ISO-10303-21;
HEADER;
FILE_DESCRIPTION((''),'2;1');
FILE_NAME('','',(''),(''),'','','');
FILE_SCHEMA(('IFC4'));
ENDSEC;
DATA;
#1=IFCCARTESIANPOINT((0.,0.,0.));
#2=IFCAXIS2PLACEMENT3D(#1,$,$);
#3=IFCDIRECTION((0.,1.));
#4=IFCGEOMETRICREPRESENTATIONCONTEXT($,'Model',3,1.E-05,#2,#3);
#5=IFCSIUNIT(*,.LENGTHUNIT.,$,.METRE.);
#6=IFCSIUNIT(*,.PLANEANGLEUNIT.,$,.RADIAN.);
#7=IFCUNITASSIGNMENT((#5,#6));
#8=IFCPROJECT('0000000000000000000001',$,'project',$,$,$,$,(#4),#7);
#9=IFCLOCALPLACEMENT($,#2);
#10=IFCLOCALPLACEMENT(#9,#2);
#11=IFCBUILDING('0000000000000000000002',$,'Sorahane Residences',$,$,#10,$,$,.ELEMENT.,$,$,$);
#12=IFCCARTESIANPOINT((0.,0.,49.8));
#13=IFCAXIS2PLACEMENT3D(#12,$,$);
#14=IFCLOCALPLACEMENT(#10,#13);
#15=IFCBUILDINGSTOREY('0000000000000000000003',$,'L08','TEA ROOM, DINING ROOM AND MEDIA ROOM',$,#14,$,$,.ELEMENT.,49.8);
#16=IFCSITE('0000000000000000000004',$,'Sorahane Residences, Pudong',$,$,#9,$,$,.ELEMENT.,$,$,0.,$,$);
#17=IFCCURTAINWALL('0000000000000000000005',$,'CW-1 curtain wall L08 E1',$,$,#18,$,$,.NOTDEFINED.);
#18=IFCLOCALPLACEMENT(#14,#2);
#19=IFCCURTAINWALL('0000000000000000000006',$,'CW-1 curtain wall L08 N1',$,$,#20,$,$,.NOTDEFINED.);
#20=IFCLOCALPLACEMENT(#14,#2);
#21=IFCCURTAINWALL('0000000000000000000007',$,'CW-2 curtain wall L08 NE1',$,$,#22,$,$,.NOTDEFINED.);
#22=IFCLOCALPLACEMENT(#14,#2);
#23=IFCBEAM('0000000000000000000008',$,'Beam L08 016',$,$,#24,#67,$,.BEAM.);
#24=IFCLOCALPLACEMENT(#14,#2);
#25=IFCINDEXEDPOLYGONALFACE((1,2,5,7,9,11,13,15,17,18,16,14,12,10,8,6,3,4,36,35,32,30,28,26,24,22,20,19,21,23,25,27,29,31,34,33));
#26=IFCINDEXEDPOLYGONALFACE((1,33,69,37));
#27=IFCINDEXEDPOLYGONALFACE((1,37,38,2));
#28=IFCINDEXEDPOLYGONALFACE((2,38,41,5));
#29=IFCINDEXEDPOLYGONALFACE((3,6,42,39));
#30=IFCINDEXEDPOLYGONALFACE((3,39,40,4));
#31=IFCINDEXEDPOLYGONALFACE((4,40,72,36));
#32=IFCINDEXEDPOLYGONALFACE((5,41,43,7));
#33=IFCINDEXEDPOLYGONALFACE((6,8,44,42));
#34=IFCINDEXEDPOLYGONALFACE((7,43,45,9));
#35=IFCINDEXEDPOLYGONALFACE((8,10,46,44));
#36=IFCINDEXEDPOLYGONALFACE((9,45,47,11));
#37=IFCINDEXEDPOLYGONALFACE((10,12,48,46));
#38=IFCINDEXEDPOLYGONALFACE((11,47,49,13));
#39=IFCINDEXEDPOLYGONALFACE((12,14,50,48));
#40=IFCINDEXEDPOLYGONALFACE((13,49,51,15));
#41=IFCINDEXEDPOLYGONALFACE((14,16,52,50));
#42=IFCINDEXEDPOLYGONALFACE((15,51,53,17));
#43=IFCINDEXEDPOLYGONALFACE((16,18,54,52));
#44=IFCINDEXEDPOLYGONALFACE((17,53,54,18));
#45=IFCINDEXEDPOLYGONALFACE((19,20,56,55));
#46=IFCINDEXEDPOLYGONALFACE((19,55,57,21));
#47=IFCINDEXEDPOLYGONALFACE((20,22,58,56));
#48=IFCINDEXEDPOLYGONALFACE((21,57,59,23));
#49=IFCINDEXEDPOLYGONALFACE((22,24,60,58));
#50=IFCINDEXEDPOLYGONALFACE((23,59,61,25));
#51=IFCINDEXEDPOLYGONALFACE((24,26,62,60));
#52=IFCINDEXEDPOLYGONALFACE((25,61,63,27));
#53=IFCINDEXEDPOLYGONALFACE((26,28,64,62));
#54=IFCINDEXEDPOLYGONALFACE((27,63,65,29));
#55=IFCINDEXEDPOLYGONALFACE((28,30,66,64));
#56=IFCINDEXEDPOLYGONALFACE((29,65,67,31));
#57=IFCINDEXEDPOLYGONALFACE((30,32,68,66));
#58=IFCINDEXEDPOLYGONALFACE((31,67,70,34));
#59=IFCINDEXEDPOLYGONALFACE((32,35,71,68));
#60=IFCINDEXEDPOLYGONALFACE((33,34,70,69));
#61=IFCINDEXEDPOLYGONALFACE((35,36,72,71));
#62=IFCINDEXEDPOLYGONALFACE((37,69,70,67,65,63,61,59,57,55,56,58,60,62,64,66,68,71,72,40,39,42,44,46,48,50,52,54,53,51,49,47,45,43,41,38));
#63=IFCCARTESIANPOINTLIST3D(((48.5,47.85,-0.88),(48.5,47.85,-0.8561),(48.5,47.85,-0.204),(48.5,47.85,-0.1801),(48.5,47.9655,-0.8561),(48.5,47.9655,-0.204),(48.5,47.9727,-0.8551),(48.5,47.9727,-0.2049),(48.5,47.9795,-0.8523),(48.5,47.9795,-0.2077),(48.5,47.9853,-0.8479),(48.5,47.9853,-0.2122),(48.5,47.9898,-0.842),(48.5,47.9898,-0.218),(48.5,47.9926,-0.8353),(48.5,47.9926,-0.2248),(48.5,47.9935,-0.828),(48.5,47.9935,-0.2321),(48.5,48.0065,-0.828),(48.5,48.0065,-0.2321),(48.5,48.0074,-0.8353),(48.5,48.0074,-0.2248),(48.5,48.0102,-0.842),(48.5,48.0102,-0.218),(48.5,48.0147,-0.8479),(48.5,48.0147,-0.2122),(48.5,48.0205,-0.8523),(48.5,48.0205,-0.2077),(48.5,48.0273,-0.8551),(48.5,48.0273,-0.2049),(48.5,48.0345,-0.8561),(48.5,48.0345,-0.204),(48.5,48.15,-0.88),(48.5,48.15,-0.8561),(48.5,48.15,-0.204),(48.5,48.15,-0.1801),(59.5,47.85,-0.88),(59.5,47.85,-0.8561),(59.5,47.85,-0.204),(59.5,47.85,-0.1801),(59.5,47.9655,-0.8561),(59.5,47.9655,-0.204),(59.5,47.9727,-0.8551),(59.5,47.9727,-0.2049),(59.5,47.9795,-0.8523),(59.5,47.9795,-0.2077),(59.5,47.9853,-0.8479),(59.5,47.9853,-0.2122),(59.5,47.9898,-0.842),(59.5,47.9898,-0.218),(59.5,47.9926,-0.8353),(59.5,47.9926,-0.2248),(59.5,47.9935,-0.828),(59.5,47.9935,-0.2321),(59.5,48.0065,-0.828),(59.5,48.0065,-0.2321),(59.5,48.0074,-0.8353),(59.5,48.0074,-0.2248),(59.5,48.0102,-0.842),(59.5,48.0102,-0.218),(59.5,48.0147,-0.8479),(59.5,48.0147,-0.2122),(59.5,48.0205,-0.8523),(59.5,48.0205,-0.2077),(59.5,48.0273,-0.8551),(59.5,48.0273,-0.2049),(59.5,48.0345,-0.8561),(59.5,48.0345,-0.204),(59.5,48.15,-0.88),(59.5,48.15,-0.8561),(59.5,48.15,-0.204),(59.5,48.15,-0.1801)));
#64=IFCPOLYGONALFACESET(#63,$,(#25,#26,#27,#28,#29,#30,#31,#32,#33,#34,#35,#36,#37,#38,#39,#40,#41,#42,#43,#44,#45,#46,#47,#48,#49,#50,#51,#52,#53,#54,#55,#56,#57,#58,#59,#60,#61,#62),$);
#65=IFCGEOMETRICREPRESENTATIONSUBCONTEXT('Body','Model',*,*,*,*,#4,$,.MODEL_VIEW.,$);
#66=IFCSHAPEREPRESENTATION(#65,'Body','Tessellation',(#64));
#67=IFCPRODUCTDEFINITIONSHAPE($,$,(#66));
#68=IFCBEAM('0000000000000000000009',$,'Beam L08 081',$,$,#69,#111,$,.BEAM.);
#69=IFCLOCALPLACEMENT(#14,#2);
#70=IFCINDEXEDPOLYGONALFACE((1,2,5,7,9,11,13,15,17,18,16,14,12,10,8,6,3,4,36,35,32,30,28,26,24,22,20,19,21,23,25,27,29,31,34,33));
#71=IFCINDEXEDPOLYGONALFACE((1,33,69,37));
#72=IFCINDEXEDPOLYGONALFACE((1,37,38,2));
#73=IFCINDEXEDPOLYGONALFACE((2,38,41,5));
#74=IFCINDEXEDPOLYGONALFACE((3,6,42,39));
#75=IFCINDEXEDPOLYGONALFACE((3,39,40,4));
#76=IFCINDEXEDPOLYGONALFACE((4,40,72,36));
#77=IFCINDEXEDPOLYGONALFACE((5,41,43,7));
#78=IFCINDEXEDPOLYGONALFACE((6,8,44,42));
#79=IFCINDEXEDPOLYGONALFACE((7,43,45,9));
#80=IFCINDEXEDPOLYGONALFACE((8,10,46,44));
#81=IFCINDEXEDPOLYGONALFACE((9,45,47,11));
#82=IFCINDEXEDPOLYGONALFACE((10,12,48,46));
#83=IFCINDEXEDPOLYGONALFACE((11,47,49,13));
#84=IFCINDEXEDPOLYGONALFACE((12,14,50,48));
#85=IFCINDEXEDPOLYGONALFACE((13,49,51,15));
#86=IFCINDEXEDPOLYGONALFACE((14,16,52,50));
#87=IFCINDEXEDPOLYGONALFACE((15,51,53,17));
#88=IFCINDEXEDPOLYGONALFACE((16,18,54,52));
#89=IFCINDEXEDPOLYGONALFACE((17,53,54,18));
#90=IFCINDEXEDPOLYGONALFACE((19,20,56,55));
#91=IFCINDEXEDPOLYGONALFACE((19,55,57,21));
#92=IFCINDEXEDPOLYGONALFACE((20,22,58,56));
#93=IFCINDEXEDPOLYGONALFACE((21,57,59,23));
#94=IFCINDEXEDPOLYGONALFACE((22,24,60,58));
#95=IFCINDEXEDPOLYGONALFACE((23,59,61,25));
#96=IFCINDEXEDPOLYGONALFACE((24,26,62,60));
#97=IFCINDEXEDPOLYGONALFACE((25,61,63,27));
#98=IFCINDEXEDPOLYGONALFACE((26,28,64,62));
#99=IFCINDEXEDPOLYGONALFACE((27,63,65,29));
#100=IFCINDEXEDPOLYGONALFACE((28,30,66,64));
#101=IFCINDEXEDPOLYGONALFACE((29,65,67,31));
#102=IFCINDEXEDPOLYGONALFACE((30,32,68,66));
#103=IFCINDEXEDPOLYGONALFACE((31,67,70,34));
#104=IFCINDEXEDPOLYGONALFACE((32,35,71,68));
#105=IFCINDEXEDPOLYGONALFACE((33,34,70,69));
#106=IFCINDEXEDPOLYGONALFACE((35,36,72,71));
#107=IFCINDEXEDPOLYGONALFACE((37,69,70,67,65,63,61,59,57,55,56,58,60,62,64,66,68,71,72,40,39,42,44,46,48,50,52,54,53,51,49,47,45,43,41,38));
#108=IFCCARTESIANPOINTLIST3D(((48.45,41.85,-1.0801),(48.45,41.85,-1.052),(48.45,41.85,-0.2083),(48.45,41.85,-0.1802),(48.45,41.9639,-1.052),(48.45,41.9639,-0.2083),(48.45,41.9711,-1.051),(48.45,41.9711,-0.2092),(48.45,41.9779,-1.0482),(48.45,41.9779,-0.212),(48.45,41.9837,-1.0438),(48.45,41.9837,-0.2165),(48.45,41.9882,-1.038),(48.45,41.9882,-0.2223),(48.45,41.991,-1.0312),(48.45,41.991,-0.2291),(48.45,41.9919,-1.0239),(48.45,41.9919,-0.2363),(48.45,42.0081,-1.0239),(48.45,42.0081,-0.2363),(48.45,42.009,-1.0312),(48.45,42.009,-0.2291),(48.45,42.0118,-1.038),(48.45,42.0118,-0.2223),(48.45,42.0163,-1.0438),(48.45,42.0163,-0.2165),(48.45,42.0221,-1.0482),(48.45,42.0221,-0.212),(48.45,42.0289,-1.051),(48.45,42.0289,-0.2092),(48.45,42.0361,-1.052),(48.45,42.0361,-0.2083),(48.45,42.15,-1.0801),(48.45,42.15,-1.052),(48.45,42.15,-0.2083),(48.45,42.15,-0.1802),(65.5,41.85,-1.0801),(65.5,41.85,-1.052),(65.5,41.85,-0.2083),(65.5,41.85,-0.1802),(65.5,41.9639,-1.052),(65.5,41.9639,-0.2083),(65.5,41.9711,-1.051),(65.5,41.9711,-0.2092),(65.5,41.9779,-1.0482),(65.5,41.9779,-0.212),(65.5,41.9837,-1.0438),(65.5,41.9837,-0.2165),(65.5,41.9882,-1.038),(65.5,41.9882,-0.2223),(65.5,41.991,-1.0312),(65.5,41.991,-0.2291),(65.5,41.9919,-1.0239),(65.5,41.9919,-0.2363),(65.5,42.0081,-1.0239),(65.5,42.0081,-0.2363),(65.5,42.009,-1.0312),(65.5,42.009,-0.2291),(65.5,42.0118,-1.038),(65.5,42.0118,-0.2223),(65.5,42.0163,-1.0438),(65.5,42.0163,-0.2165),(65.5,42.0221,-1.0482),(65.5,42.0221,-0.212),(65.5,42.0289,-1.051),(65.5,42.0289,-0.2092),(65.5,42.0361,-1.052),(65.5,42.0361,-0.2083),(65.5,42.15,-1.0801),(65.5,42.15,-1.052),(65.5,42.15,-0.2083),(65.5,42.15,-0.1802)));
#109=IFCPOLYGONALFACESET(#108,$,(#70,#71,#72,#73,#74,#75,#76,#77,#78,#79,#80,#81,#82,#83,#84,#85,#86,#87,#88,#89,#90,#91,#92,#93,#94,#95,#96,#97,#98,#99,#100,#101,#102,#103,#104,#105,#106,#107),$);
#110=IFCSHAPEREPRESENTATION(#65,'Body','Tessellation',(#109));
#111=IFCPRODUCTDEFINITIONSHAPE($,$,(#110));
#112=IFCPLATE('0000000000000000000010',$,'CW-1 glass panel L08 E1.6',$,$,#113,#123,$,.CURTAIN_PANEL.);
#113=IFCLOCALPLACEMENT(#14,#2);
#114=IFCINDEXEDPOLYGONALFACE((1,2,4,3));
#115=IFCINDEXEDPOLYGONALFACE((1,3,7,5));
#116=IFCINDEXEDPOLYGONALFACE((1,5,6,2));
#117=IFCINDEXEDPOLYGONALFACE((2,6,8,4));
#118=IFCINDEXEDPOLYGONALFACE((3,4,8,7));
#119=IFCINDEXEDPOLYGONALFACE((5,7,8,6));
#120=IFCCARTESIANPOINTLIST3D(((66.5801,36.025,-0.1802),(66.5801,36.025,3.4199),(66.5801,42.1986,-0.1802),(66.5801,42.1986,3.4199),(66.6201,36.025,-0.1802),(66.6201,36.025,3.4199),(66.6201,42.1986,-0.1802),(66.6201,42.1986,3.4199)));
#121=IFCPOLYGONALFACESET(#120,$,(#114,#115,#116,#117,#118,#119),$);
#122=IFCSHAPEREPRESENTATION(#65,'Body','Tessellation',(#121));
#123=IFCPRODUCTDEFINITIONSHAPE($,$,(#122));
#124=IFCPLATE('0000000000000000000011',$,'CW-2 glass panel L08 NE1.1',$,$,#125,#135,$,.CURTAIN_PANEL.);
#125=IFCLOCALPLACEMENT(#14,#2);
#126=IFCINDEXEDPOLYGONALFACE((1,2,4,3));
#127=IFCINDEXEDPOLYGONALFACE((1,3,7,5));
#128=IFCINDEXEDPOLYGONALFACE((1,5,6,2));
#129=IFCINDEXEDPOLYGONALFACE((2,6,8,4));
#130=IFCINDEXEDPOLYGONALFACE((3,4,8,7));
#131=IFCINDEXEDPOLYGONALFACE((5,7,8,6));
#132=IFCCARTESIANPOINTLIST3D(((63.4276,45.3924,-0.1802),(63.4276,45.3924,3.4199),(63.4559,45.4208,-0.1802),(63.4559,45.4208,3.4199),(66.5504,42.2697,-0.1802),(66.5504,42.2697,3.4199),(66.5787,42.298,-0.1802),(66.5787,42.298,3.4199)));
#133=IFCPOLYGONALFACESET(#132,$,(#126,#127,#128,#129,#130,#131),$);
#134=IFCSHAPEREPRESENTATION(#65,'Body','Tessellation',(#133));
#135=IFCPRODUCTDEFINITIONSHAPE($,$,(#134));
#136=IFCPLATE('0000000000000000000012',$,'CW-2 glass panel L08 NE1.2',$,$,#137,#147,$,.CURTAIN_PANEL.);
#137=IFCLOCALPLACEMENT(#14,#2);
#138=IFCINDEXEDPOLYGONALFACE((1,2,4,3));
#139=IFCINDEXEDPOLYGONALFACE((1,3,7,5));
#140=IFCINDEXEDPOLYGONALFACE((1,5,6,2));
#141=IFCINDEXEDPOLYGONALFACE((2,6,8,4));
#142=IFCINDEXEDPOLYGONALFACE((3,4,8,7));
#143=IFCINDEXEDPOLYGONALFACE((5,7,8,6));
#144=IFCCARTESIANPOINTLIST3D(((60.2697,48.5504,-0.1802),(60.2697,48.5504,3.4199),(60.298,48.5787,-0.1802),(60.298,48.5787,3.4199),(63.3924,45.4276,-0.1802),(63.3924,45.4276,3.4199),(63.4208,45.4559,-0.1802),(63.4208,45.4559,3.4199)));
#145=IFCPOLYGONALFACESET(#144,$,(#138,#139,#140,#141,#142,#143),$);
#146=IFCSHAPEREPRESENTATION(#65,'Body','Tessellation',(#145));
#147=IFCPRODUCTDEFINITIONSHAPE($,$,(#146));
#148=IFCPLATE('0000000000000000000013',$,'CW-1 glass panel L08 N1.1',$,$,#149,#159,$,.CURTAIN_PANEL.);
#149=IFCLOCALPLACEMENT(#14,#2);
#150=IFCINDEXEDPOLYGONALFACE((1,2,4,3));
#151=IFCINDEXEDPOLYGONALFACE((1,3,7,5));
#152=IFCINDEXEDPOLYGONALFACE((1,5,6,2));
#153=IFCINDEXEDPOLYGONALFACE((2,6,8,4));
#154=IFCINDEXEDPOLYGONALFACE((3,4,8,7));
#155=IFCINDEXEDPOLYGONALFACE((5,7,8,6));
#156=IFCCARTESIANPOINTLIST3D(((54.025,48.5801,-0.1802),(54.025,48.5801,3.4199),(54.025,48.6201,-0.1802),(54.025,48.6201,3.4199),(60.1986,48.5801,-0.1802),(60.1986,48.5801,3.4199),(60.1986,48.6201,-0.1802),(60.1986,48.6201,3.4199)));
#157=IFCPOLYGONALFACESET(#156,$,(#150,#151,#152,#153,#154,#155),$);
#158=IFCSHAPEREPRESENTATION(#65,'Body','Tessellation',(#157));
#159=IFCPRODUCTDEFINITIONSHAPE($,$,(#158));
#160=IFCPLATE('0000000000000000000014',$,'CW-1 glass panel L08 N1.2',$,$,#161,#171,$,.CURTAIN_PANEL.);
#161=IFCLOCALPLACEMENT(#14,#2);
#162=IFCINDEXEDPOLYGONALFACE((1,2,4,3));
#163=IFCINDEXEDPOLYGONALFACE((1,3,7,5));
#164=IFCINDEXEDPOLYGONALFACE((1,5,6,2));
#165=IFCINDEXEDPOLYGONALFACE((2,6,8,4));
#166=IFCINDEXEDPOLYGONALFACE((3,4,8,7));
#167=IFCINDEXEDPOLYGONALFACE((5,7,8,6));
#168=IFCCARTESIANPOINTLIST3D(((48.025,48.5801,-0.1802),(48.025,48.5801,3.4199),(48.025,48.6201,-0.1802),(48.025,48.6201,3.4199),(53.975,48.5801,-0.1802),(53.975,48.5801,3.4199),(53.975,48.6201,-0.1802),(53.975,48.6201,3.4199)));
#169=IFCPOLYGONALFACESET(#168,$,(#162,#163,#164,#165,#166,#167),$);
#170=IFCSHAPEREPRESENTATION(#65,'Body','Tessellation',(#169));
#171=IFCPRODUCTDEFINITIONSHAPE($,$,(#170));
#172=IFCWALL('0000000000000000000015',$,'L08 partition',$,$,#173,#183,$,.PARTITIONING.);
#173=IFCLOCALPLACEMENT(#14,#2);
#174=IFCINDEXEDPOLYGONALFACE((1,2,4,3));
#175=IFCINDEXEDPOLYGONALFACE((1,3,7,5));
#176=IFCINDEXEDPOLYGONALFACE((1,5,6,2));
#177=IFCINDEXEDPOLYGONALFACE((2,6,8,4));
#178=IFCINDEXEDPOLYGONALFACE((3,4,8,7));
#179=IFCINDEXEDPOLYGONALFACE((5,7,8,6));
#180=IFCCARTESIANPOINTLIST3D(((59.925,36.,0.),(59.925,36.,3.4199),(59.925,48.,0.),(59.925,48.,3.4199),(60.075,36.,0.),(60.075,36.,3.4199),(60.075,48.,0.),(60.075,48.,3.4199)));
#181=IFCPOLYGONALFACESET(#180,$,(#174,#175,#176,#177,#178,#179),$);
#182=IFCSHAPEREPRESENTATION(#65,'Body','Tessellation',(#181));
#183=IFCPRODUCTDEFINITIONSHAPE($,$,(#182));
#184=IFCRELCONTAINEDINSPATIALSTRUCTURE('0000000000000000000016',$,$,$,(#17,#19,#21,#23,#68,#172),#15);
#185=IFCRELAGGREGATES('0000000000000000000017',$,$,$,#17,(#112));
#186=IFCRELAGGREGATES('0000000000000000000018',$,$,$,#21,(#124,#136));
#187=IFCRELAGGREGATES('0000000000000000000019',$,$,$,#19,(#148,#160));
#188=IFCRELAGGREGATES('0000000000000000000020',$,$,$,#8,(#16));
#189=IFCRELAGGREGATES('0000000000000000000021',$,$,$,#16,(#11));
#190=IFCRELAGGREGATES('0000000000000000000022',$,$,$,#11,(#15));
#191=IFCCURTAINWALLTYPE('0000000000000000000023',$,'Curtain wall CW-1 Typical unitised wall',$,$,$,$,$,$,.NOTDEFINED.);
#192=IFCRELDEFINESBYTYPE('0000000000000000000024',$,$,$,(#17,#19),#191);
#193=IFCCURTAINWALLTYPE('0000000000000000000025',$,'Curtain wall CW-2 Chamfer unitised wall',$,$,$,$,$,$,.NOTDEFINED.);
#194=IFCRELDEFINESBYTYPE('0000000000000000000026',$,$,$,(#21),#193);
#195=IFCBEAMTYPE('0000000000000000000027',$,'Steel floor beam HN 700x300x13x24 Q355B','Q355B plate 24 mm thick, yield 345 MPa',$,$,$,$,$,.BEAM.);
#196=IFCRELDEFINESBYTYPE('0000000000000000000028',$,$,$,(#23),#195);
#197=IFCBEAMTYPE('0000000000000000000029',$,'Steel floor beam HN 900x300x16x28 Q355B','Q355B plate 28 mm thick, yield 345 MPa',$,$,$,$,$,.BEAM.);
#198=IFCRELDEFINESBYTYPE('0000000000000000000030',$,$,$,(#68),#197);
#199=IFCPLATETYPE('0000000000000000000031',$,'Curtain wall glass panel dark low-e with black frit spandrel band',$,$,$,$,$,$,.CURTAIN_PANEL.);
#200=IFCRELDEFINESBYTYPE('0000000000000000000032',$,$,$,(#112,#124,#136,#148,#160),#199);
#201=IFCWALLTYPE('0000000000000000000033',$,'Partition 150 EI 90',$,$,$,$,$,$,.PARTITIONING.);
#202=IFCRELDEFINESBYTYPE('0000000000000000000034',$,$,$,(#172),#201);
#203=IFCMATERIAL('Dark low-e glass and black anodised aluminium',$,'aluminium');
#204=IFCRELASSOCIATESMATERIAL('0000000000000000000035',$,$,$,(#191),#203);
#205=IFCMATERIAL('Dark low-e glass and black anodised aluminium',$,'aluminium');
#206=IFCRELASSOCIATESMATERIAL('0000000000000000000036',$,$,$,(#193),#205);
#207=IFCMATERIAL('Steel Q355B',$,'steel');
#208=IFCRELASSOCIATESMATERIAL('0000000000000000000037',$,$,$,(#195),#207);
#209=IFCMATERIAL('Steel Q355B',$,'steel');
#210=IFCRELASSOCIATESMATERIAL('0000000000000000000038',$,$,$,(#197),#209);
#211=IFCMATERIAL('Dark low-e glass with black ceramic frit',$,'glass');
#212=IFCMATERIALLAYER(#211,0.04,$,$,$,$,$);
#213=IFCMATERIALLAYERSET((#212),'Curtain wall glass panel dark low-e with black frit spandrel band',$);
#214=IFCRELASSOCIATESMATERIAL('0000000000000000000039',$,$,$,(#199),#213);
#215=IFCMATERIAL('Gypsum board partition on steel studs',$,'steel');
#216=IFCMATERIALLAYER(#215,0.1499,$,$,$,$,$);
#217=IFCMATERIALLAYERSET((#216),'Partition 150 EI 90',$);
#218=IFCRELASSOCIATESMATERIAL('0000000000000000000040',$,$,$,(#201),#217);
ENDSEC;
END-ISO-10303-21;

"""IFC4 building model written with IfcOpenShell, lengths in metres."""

from ifc_helpers import new_model, si_unit, direction, frame, frame_2d, origin, origin_2d, place, context, subcontext, project, spatial, rectangle, i_section, extrude, material, layer, layer_set, material_profile, profile_set, type_object, element, aggregate, save


model = new_model("IFC4")

# Units and contexts
model_context = context("Model", 3, precision=1e-05, world=origin(), true_north=direction((0.0, 1.0)))
body_context = subcontext(model_context, "Body", "Model", "MODEL_VIEW")
ifc_project = project(units=[si_unit("LENGTHUNIT", "METRE"), si_unit("PLANEANGLEUNIT", "RADIAN")], contexts=[model_context])

# Site, building, storey
site_placement = place(None, origin())
site = spatial("IfcSite", under=ifc_project, at=site_placement, Name="Sorahane Residences, Pudong", CompositionType="ELEMENT", RefElevation=0.0)
building_placement = place(site_placement, origin())
building = spatial("IfcBuilding", under=site, at=building_placement, Name="Sorahane Residences", CompositionType="ELEMENT")
storey_placement = place(building_placement, frame((0.0, 0.0, 49.8)))
storey = spatial("IfcBuildingStorey", under=building, at=storey_placement, Name="L08", Description="TEA ROOM, DINING ROOM AND MEDIA ROOM", CompositionType="ELEMENT", Elevation=49.8)

# Curtain walls
ifc_material_1 = material(Name="Dark low-e glass and black anodised aluminium", Category="aluminium")
curtain_wall_type_1 = type_object("IfcCurtainWallType", Name="Curtain wall CW-1 Typical unitised wall", PredefinedType="NOTDEFINED", material=ifc_material_1)
curtain_wall_1_placement = place(storey_placement, origin())
curtain_wall_1 = element("IfcCurtainWall", 1, at=curtain_wall_1_placement, inside=storey, type_object=curtain_wall_type_1, Name="CW-1 curtain wall L08 E1", PredefinedType="NOTDEFINED")
curtain_wall_2_placement = place(storey_placement, origin())
curtain_wall_2 = element("IfcCurtainWall", 2, at=curtain_wall_2_placement, inside=storey, type_object=curtain_wall_type_1, Name="CW-1 curtain wall L08 N1", PredefinedType="NOTDEFINED")
ifc_material_2 = material(Name="Dark low-e glass and black anodised aluminium", Category="aluminium")
curtain_wall_type_2 = type_object("IfcCurtainWallType", Name="Curtain wall CW-2 Chamfer unitised wall", PredefinedType="NOTDEFINED", material=ifc_material_2)
curtain_wall_3_placement = place(storey_placement, origin())
curtain_wall_3 = element("IfcCurtainWall", 3, at=curtain_wall_3_placement, inside=storey, type_object=curtain_wall_type_2, Name="CW-2 curtain wall L08 NE1", PredefinedType="NOTDEFINED")

# Beams
ifc_material_3 = material(Name="Steel Q355B", Category="steel")
ifc_material_profile_1 = material_profile(ifc_material_3, i_section(OverallWidth=0.3, OverallDepth=0.7, WebThickness=0.0129, FlangeThickness=0.0239, FilletRadius=0.0281, at=origin_2d()), Name="HN 700x300x13x24")
ifc_profile_set_1 = profile_set([ifc_material_profile_1], Name="Steel Q355B")
beam_type_1 = type_object("IfcBeamType", Name="Steel floor beam HN 700x300x13x24 Q355B", Description="Q355B plate 24 mm thick, yield 345 MPa", PredefinedType="BEAM", material=ifc_profile_set_1)
beam_1_placement = place(storey_placement, frame((48.5, 48.0, -0.53), z_axis=(1.0, 0.0, 0.0), x_axis=(0.0, 1.0, 0.0)))
element("IfcBeam", 4, at=beam_1_placement, inside=storey, type_object=beam_type_1, Name="Beam L08 016", PredefinedType="BEAM", context=body_context, shape_type="SweptSolid", body=[
    extrude(i_section(OverallWidth=0.3, OverallDepth=0.7, WebThickness=0.0129, FlangeThickness=0.0239, FilletRadius=0.0281, at=origin_2d()), origin(), (0.0, 0.0, 1.0), 11.0),
])
ifc_material_4 = material(Name="Steel Q355B", Category="steel")
ifc_material_profile_2 = material_profile(ifc_material_4, i_section(OverallWidth=0.3, OverallDepth=0.8999, WebThickness=0.0161, FlangeThickness=0.0281, FilletRadius=0.0281, at=origin_2d()), Name="HN 900x300x16x28")
ifc_profile_set_2 = profile_set([ifc_material_profile_2], Name="Steel Q355B")
beam_type_2 = type_object("IfcBeamType", Name="Steel floor beam HN 900x300x16x28 Q355B", Description="Q355B plate 28 mm thick, yield 345 MPa", PredefinedType="BEAM", material=ifc_profile_set_2)
beam_2_placement = place(storey_placement, frame((48.45, 42.0, -0.6301), z_axis=(1.0, 0.0, 0.0), x_axis=(0.0, 1.0, 0.0)))
element("IfcBeam", 5, at=beam_2_placement, inside=storey, type_object=beam_type_2, Name="Beam L08 081", PredefinedType="BEAM", context=body_context, shape_type="SweptSolid", body=[
    extrude(i_section(OverallWidth=0.3, OverallDepth=0.8999, WebThickness=0.0161, FlangeThickness=0.0281, FilletRadius=0.0281, at=origin_2d()), origin(), (0.0, 0.0, 1.0), 17.05),
])

# Plates
ifc_material_5 = material(Name="Dark low-e glass with black ceramic frit", Category="glass")
ifc_layer_1 = layer(ifc_material_5, 0.04)
ifc_layer_set_1 = layer_set([ifc_layer_1], Name="Curtain wall glass panel dark low-e with black frit spandrel band")
plate_type = type_object("IfcPlateType", Name="Curtain wall glass panel dark low-e with black frit spandrel band", PredefinedType="CURTAIN_PANEL", material=ifc_layer_set_1)
plate_1_placement = place(storey_placement, frame((66.6001, 39.1118, -0.1802), z_axis=(0.0, 0.0, 1.0), x_axis=(0.0, 1.0, 0.0)))
plate_1 = element("IfcPlate", 6, at=plate_1_placement, type_object=plate_type, Name="CW-1 glass panel L08 E1.6", PredefinedType="CURTAIN_PANEL", context=body_context, shape_type="SweptSolid", body=[
    extrude(rectangle(XDim=6.1736, YDim=0.04, at=origin_2d()), origin(), (0.0, 0.0, 1.0), 3.6001),
])
aggregate(curtain_wall_1, [plate_1])
plate_2_placement = place(storey_placement, frame((65.0032, 43.8452, -0.1802), z_axis=(0.0, 0.0, 1.0), x_axis=(-0.707107, 0.707107, 0.0)))
plate_2 = element("IfcPlate", 7, at=plate_2_placement, type_object=plate_type, Name="CW-2 glass panel L08 NE1.1", PredefinedType="CURTAIN_PANEL", context=body_context, shape_type="SweptSolid", body=[
    extrude(rectangle(XDim=4.4163, YDim=0.04, at=origin_2d()), origin(), (0.0, 0.0, 1.0), 3.6001),
])
plate_3_placement = place(storey_placement, frame((61.8452, 47.0032, -0.1802), z_axis=(0.0, 0.0, 1.0), x_axis=(-0.707107, 0.707107, 0.0)))
plate_3 = element("IfcPlate", 8, at=plate_3_placement, type_object=plate_type, Name="CW-2 glass panel L08 NE1.2", PredefinedType="CURTAIN_PANEL", context=body_context, shape_type="SweptSolid", body=[
    extrude(rectangle(XDim=4.4163, YDim=0.04, at=origin_2d()), origin(), (0.0, 0.0, 1.0), 3.6001),
])
aggregate(curtain_wall_3, [plate_2, plate_3])
plate_4_placement = place(storey_placement, frame((57.1118, 48.6001, -0.1802), z_axis=(0.0, 0.0, 1.0), x_axis=(-1.0, 0.0, 0.0)))
plate_4 = element("IfcPlate", 9, at=plate_4_placement, type_object=plate_type, Name="CW-1 glass panel L08 N1.1", PredefinedType="CURTAIN_PANEL", context=body_context, shape_type="SweptSolid", body=[
    extrude(rectangle(XDim=6.1736, YDim=0.04, at=origin_2d()), origin(), (0.0, 0.0, 1.0), 3.6001),
])
plate_5_placement = place(storey_placement, frame((51.0, 48.6001, -0.1802), z_axis=(0.0, 0.0, 1.0), x_axis=(-1.0, 0.0, 0.0)))
plate_5 = element("IfcPlate", 10, at=plate_5_placement, type_object=plate_type, Name="CW-1 glass panel L08 N1.2", PredefinedType="CURTAIN_PANEL", context=body_context, shape_type="SweptSolid", body=[
    extrude(rectangle(XDim=5.95, YDim=0.04, at=origin_2d()), origin(), (0.0, 0.0, 1.0), 3.6001),
])
aggregate(curtain_wall_2, [plate_4, plate_5])

# Wall
ifc_material_6 = material(Name="Gypsum board partition on steel studs", Category="steel")
ifc_layer_2 = layer(ifc_material_6, 0.1499)
ifc_layer_set_2 = layer_set([ifc_layer_2], Name="Partition 150 EI 90")
wall_type = type_object("IfcWallType", Name="Partition 150 EI 90", PredefinedType="PARTITIONING", material=ifc_layer_set_2)
wall_placement = place(storey_placement, frame((60.0, 36.0, 0.0), z_axis=(0.0, 0.0, 1.0), x_axis=(0.0, 1.0, 0.0)))
element("IfcWall", 11, at=wall_placement, inside=storey, type_object=wall_type, Name="L08 partition", PredefinedType="PARTITIONING", context=body_context, shape_type="SweptSolid", body=[
    extrude(rectangle(XDim=12.0, YDim=0.1499, at=frame_2d((6.0, 0.0))), origin(), (0.0, 0.0, 1.0), 3.4199),
])

save(model, "model.ifc")
